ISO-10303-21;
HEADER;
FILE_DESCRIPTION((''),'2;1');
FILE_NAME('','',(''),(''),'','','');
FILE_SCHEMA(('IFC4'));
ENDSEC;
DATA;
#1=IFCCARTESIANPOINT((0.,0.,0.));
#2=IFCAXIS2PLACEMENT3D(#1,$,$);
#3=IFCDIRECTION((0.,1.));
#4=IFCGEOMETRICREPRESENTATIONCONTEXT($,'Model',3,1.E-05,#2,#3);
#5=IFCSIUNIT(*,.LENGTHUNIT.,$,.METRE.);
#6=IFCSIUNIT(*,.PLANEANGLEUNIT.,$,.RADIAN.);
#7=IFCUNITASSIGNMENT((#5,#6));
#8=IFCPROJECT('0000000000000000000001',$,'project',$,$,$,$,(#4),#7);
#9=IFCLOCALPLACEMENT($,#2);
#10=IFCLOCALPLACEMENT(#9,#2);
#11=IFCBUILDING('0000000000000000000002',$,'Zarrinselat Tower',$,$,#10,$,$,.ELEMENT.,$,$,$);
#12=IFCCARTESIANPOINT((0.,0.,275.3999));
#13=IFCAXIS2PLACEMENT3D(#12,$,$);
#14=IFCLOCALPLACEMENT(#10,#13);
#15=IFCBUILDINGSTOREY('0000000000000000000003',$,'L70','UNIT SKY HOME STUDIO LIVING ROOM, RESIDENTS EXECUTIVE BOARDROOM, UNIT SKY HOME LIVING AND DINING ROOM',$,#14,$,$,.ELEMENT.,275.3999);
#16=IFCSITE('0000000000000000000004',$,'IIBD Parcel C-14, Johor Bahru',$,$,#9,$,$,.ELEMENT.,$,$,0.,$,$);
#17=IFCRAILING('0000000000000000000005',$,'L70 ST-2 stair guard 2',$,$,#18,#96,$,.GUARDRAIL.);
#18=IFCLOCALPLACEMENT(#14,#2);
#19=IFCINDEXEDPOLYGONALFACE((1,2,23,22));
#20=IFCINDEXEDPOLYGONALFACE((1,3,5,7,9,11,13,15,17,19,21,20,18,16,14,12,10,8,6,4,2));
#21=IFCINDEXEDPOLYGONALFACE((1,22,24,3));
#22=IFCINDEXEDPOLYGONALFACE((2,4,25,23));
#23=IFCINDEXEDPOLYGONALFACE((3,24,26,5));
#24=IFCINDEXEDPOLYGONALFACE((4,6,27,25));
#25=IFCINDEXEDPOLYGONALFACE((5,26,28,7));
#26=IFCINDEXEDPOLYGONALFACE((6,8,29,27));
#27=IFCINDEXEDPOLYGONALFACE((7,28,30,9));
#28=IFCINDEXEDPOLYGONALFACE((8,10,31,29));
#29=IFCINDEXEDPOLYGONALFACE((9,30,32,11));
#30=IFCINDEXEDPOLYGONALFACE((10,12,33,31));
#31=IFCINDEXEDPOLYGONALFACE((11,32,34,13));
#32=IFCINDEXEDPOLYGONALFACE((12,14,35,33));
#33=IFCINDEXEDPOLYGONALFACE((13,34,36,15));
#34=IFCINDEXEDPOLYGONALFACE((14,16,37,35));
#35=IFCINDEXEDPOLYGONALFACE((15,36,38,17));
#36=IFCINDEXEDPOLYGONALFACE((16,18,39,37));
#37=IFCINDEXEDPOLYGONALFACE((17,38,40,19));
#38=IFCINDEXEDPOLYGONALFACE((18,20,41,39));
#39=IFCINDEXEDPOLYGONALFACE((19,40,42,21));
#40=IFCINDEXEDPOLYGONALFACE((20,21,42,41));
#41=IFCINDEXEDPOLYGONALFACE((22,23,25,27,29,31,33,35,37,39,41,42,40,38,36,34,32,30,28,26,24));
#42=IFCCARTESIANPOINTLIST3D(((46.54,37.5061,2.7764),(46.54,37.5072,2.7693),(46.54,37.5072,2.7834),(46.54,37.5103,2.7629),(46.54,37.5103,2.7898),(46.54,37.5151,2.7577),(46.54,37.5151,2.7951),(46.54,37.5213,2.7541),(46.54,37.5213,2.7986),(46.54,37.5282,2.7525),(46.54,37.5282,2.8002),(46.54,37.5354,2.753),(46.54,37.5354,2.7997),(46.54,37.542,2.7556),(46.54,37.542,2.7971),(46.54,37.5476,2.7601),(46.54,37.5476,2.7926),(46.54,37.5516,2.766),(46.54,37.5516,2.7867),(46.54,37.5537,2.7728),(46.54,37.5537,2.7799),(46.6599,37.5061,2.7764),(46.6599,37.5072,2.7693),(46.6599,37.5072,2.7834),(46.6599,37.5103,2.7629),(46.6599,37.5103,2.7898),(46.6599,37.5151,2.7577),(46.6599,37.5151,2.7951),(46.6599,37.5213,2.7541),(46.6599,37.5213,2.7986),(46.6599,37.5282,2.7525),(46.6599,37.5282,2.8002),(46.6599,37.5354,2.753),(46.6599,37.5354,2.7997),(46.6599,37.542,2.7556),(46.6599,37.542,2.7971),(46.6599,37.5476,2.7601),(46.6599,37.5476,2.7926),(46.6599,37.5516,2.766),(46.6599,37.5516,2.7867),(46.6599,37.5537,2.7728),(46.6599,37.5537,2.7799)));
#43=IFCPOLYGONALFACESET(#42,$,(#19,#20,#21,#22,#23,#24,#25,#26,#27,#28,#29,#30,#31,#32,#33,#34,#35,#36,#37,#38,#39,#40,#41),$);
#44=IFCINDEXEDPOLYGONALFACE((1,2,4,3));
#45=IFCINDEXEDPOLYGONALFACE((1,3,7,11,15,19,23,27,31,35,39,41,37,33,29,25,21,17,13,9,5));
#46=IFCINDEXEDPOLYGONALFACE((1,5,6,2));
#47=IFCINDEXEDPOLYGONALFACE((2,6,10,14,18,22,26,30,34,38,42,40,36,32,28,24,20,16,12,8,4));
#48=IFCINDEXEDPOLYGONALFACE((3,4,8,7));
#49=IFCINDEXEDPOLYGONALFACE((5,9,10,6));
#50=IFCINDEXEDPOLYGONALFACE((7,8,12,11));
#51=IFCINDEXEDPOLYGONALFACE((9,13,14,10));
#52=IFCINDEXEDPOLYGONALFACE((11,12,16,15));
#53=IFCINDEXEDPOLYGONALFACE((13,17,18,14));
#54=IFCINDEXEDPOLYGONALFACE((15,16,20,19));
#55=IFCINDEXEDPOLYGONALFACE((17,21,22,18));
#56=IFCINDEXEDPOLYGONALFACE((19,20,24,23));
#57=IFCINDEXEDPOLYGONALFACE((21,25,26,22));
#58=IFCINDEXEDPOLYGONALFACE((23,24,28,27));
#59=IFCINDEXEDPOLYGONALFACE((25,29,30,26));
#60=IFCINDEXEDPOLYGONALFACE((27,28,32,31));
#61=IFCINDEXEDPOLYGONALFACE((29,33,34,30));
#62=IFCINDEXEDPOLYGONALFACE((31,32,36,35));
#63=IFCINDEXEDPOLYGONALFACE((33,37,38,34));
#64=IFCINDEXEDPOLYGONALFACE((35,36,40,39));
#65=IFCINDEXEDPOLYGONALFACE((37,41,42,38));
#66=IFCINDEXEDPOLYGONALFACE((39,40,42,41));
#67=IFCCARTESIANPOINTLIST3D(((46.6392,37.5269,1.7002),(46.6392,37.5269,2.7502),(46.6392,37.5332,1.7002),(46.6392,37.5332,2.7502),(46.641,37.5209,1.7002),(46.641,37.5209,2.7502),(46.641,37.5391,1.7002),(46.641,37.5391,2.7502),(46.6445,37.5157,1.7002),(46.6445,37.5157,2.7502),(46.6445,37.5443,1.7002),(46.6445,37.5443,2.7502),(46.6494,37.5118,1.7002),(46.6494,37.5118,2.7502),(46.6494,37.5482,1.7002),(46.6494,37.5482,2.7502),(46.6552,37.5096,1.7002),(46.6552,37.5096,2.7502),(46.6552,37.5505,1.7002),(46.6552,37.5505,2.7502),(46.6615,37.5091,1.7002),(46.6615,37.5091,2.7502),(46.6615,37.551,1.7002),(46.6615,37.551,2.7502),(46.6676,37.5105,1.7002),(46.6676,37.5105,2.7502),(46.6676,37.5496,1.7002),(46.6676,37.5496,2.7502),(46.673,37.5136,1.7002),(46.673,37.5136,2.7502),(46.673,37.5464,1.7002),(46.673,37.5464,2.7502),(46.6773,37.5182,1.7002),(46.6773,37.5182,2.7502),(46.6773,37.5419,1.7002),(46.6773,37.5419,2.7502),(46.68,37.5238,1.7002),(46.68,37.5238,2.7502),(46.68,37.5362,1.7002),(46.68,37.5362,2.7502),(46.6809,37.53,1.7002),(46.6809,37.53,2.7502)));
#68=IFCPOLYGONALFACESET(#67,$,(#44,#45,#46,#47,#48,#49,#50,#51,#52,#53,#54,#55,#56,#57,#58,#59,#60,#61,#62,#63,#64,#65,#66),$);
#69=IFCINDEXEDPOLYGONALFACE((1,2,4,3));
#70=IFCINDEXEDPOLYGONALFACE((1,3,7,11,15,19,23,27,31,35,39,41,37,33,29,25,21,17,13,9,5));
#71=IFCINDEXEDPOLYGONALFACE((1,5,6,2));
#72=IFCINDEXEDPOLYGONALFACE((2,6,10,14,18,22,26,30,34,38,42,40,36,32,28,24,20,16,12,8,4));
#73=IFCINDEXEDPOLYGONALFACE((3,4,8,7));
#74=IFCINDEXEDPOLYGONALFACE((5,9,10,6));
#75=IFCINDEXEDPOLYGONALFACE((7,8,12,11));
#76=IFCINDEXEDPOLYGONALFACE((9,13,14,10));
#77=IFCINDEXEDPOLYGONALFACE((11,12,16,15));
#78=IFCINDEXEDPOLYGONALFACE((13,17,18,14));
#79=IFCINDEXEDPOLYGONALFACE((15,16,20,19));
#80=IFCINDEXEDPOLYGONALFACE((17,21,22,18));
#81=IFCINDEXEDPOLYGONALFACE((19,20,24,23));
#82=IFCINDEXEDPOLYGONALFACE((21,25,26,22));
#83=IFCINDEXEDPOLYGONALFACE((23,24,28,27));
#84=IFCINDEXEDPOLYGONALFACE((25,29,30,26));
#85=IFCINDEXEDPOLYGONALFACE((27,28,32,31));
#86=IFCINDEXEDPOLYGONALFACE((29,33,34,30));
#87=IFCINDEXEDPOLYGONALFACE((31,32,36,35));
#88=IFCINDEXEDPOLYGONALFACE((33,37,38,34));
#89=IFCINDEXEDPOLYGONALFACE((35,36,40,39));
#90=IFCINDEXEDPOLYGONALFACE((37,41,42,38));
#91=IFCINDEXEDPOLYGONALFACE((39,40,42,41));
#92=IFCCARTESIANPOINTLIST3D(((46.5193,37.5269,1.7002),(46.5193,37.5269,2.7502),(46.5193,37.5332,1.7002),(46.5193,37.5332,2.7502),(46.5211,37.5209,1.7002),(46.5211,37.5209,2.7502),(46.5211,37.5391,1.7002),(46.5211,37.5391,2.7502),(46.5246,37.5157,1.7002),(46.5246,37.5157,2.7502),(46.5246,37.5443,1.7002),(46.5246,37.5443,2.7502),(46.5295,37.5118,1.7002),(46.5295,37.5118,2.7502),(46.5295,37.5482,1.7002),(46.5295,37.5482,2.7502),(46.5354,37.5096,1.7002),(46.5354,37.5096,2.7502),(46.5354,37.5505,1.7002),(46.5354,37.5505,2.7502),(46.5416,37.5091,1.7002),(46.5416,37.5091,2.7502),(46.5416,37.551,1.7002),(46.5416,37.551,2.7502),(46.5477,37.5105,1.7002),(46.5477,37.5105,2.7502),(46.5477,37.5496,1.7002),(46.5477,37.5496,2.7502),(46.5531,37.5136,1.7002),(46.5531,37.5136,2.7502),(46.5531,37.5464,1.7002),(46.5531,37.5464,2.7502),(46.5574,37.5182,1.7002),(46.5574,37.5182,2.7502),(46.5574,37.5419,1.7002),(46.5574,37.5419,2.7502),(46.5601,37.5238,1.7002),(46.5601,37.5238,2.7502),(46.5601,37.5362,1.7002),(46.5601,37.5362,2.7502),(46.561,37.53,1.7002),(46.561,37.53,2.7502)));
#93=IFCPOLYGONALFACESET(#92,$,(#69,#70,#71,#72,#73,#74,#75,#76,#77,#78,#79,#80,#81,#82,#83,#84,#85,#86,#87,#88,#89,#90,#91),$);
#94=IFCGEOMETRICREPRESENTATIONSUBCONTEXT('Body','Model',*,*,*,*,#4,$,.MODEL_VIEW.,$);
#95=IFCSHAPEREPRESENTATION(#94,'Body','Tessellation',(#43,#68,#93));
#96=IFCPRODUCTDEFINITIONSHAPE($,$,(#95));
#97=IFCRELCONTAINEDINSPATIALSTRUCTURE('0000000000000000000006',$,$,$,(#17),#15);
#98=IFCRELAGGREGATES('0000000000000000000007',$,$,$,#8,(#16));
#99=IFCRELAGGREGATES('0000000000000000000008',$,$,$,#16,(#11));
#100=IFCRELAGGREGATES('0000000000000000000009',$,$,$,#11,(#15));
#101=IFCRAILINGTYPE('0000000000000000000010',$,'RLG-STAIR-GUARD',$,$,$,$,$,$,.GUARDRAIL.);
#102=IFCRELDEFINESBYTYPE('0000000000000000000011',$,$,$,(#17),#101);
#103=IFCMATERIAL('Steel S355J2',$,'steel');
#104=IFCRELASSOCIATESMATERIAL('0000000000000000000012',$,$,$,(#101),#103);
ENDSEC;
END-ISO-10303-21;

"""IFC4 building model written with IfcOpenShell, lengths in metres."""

from ifc_helpers import new_model, si_unit, direction, frame, origin, origin_2d, place, context, subcontext, project, spatial, circle, extrude, material, type_object, element, save


model = new_model("IFC4")

# Units and contexts
model_context = context("Model", 3, precision=1e-05, world=origin(), true_north=direction((0.0, 1.0)))
body_context = subcontext(model_context, "Body", "Model", "MODEL_VIEW")
ifc_project = project(units=[si_unit("LENGTHUNIT", "METRE"), si_unit("PLANEANGLEUNIT", "RADIAN")], contexts=[model_context])

# Site, building, storey
site_placement = place(None, origin())
site = spatial("IfcSite", under=ifc_project, at=site_placement, Name="IIBD Parcel C-14, Johor Bahru", CompositionType="ELEMENT", RefElevation=0.0)
building_placement = place(site_placement, origin())
building = spatial("IfcBuilding", under=site, at=building_placement, Name="Zarrinselat Tower", CompositionType="ELEMENT")
storey_placement = place(building_placement, frame((0.0, 0.0, 275.3999)))
storey = spatial("IfcBuildingStorey", under=building, at=storey_placement, Name="L70", Description="UNIT SKY HOME STUDIO LIVING ROOM, RESIDENTS EXECUTIVE BOARDROOM, UNIT SKY HOME LIVING AND DINING ROOM", CompositionType="ELEMENT", Elevation=275.3999)

# Railing
ifc_material_1 = material(Name="Steel S355J2", Category="steel")
railing_type = type_object("IfcRailingType", Name="RLG-STAIR-GUARD", PredefinedType="GUARDRAIL", material=ifc_material_1)
railing_1_placement = place(storey_placement, frame((46.6599, 37.53, 1.7002)))
element("IfcRailing", 1, at=railing_1_placement, inside=storey, type_object=railing_type, Name="L70 ST-2 stair guard 2", PredefinedType="GUARDRAIL", context=body_context, shape_type="SweptSolid", body=[
    extrude(circle(Radius=0.0239, at=origin_2d()), frame((0.0, 0.0, 1.0762), z_axis=(-1.0, 0.0, 0.0), x_axis=(0.0, -1.0, 0.0)), (0.0, 0.0, 1.0), 0.1199),
    extrude(circle(Radius=0.021, at=origin_2d()), origin(), (0.0, 0.0, 1.0), 1.05),
    extrude(circle(Radius=0.021, at=origin_2d()), frame((-0.1199, 0.0, 0.0)), (0.0, 0.0, 1.0), 1.05),
])

save(model, "model.ifc")
